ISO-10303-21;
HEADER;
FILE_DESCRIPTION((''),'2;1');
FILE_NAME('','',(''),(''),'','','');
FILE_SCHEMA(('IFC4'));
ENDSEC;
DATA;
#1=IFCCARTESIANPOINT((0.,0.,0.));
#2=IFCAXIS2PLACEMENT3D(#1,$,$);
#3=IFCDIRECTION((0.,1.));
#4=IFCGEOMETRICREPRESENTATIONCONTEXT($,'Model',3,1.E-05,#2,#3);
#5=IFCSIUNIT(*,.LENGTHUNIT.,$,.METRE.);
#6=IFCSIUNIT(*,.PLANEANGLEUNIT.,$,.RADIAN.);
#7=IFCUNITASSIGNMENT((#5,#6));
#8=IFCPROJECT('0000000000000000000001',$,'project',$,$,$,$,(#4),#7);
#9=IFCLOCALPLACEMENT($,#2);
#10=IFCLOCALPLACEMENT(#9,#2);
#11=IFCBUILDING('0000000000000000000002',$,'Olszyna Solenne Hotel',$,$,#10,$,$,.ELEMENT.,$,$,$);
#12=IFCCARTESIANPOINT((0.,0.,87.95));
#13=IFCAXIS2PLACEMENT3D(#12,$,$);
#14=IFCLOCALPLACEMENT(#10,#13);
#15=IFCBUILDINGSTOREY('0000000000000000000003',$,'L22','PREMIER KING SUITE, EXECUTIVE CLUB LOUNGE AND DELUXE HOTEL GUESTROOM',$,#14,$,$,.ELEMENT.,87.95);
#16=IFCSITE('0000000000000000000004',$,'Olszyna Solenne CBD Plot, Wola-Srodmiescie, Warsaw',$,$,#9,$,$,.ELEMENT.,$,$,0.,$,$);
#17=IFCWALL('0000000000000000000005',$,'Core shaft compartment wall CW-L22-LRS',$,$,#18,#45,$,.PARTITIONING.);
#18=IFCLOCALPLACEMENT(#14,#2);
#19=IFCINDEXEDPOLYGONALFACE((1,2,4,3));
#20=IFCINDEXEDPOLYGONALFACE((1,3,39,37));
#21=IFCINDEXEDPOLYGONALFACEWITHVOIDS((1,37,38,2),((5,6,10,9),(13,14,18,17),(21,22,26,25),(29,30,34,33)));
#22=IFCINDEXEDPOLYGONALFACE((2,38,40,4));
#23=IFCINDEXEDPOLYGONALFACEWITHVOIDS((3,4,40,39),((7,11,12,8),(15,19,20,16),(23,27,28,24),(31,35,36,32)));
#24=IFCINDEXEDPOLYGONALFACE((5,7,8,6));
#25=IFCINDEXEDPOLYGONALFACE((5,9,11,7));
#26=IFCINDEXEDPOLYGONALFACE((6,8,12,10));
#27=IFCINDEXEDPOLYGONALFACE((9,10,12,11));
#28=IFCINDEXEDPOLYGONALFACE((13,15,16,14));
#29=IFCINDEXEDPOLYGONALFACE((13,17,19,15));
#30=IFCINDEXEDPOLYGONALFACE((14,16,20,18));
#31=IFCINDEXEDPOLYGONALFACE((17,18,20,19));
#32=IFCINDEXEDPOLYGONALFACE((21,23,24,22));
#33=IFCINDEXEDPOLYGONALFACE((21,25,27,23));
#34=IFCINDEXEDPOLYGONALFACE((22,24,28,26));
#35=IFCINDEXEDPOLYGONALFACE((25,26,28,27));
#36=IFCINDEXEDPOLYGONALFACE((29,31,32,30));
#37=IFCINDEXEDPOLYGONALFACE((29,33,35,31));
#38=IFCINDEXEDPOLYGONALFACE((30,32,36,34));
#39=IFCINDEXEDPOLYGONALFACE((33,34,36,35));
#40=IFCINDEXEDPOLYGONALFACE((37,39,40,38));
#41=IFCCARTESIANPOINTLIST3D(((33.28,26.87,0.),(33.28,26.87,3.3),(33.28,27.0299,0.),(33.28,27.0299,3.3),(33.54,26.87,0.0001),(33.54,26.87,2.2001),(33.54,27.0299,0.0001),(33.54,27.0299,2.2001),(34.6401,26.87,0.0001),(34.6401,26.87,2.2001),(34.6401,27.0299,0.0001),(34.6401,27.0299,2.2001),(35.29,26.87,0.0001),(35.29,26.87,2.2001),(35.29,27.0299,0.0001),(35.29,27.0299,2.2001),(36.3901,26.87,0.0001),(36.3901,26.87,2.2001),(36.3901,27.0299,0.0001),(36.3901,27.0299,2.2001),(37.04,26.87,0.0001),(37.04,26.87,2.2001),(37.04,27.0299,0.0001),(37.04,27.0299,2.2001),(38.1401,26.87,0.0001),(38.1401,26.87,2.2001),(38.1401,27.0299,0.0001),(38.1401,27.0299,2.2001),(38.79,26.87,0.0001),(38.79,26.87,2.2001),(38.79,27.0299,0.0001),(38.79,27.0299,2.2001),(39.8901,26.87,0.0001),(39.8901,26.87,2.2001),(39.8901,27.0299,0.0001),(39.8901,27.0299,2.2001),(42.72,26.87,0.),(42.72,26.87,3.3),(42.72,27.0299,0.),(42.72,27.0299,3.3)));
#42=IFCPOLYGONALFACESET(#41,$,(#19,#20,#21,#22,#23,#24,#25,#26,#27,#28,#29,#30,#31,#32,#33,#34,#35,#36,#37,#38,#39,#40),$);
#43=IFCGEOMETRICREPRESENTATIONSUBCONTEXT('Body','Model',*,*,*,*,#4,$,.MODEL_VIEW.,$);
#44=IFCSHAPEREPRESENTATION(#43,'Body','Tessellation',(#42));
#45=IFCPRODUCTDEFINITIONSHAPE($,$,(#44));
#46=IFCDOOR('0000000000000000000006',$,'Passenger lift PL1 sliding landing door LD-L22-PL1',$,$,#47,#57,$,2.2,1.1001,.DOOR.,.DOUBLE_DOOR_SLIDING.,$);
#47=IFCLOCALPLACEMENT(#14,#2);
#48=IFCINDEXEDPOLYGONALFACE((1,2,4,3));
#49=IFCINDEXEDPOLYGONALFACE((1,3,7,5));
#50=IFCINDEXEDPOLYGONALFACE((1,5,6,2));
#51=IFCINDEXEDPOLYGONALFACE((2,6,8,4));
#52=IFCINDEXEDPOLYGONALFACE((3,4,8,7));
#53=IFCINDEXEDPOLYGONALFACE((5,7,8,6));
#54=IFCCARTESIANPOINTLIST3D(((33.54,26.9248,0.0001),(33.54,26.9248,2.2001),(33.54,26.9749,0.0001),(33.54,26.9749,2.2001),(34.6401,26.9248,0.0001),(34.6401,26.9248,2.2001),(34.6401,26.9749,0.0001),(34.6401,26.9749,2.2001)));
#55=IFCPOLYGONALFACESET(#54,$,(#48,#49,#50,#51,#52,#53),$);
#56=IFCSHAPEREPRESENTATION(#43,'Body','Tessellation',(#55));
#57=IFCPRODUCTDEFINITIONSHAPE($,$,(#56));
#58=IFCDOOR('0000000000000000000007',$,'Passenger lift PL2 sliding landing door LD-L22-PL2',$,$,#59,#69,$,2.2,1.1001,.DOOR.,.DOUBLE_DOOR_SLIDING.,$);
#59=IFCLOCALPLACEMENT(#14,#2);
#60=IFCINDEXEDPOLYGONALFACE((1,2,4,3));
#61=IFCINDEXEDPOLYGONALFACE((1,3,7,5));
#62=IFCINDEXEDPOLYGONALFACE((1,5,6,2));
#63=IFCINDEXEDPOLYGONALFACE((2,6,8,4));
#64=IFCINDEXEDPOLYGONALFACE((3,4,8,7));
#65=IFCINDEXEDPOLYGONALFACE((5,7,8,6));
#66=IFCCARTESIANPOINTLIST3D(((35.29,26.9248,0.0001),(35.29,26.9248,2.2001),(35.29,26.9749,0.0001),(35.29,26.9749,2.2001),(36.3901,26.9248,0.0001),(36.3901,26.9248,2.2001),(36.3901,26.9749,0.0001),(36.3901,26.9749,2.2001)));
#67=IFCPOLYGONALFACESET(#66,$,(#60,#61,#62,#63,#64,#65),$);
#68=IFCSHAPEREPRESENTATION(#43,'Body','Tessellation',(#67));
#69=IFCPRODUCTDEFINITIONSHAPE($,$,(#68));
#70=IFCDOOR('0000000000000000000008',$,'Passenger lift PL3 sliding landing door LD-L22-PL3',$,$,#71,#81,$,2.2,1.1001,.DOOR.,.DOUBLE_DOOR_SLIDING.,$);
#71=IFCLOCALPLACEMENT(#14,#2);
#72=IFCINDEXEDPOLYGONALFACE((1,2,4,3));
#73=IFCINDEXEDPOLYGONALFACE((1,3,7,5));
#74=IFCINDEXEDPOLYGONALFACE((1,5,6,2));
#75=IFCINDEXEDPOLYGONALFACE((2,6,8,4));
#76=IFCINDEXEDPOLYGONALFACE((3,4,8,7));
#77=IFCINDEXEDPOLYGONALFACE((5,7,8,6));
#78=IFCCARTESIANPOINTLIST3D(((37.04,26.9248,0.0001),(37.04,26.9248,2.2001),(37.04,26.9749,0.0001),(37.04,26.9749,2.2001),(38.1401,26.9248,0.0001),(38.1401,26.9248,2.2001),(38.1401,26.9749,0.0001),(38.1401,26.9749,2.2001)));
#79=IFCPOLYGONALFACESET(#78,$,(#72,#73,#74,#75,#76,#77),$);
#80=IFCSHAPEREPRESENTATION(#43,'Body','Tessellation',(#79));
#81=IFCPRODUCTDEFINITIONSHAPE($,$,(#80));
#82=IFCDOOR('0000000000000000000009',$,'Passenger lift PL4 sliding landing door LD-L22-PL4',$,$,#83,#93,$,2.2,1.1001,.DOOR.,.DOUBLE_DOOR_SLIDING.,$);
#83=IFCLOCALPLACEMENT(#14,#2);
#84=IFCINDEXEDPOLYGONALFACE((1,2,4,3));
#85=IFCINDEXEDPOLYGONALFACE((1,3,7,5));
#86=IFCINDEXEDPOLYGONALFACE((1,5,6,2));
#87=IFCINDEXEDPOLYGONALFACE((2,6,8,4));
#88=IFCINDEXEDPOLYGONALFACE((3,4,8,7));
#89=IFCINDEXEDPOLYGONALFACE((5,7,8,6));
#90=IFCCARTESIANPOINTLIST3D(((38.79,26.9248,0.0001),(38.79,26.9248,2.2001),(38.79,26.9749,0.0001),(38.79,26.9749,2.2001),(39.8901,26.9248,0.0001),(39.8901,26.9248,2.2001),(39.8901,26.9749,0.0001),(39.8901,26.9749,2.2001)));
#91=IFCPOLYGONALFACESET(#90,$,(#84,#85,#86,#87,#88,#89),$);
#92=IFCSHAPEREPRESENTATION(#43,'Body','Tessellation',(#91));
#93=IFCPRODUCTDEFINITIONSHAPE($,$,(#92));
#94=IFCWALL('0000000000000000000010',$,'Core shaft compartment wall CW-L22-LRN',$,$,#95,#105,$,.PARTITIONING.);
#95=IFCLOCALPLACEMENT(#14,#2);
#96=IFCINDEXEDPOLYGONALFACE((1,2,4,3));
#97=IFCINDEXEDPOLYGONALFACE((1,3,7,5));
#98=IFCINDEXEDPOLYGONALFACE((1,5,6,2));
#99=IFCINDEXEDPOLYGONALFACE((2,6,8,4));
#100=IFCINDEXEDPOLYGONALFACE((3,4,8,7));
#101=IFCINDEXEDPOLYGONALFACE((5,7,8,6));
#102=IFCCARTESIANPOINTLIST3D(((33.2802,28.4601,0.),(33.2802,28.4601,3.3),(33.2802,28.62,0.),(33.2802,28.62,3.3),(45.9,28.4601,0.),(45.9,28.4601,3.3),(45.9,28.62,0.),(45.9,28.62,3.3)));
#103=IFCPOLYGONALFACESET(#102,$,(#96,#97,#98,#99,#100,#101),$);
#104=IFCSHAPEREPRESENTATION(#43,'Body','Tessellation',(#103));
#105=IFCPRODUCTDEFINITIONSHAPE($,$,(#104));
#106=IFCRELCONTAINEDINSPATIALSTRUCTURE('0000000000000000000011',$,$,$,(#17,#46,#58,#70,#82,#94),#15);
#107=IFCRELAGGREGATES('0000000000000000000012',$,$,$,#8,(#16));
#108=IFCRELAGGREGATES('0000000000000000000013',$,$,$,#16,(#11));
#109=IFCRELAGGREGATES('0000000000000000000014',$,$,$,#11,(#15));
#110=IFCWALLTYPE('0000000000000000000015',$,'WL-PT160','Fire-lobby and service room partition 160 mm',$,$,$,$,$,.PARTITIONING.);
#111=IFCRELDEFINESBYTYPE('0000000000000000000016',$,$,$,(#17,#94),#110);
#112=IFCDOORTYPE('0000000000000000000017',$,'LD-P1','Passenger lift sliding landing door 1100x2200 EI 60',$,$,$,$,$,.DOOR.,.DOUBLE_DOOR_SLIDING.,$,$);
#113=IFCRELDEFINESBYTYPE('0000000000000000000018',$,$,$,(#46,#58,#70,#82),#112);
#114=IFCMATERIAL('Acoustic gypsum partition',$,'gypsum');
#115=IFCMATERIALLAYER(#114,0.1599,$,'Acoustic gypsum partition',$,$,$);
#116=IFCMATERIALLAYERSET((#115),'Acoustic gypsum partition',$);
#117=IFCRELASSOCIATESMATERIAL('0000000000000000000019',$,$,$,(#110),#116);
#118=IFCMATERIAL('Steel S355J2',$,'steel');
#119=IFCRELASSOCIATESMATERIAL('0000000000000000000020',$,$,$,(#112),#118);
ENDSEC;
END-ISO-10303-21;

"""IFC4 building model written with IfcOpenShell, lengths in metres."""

from ifc_helpers import new_model, si_unit, direction, frame, frame_2d, origin, place, context, subcontext, project, spatial, rectangle, extrude, source, transform, mapped, material, layer, layer_set, type_object, type_shapes, element, fill, save


model = new_model("IFC4")

# Units and contexts
model_context = context("Model", 3, precision=1e-05, world=origin(), true_north=direction((0.0, 1.0)))
body_context = subcontext(model_context, "Body", "Model", "MODEL_VIEW")
ifc_project = project(units=[si_unit("LENGTHUNIT", "METRE"), si_unit("PLANEANGLEUNIT", "RADIAN")], contexts=[model_context])

# Site, building, storey
site_placement = place(None, origin())
site = spatial("IfcSite", under=ifc_project, at=site_placement, Name="Olszyna Solenne CBD Plot, Wola-Srodmiescie, Warsaw", CompositionType="ELEMENT", RefElevation=0.0)
building_placement = place(site_placement, origin())
building = spatial("IfcBuilding", under=site, at=building_placement, Name="Olszyna Solenne Hotel", CompositionType="ELEMENT")
storey_placement = place(building_placement, frame((0.0, 0.0, 87.95)))
storey = spatial("IfcBuildingStorey", under=building, at=storey_placement, Name="L22", Description="PREMIER KING SUITE, EXECUTIVE CLUB LOUNGE AND DELUXE HOTEL GUESTROOM", CompositionType="ELEMENT", Elevation=87.95)

# Shared definitions
ifc_material_1 = material(Name="Steel S355J2", Category="steel")

# Shared definitions
ifc_material_2 = material(Name="Acoustic gypsum partition", Category="gypsum")
ifc_layer_1 = layer(ifc_material_2, 0.1599, Name="Acoustic gypsum partition")
ifc_layer_set_1 = layer_set([ifc_layer_1], Name="Acoustic gypsum partition")
wall_type_1 = type_object("IfcWallType", Name="WL-PT160", Description="Fire-lobby and service room partition 160 mm", PredefinedType="PARTITIONING", material=ifc_layer_set_1)

# Wall, openings, doors
wall_1_placement = place(storey_placement, frame((33.28, 26.95, 0.0), z_axis=(0.0, 0.0, 1.0), x_axis=(1.0, 0.0, 0.0)))
wall_1 = element("IfcWall", 1, at=wall_1_placement, inside=storey, type_object=wall_type_1, Name="Core shaft compartment wall CW-L22-LRS", PredefinedType="PARTITIONING", context=body_context, shape_type="SweptSolid", body=[
    extrude(rectangle(XDim=9.4399, YDim=0.1599, at=frame_2d((4.72, 0.0))), origin(), (0.0, 0.0, 1.0), 3.3),
])
opening_1_placement = place(wall_1_placement, frame((0.26, 0.0, 0.0)))
opening_1 = element("IfcOpeningElement", 2, at=opening_1_placement, cuts=wall_1, PredefinedType="OPENING", context=body_context, shape_type="SweptSolid", body=[
    extrude(rectangle(XDim=1.1001, YDim=2.2, at=frame_2d((0.55, 1.1001))), frame((0.0, 0.0898, 0.0), z_axis=(0.0, -1.0, 0.0), x_axis=(1.0, 0.0, 0.0)), (0.0, 0.0, 1.0), 0.1799),
])
opening_2_placement = place(wall_1_placement, frame((2.01, 0.0, 0.0)))
opening_2 = element("IfcOpeningElement", 3, at=opening_2_placement, cuts=wall_1, PredefinedType="OPENING", context=body_context, shape_type="SweptSolid", body=[
    extrude(rectangle(XDim=1.1001, YDim=2.2, at=frame_2d((0.55, 1.1001))), frame((0.0, 0.0898, 0.0), z_axis=(0.0, -1.0, 0.0), x_axis=(1.0, 0.0, 0.0)), (0.0, 0.0, 1.0), 0.1799),
])
opening_3_placement = place(wall_1_placement, frame((3.76, 0.0, 0.0)))
opening_3 = element("IfcOpeningElement", 4, at=opening_3_placement, cuts=wall_1, PredefinedType="OPENING", context=body_context, shape_type="SweptSolid", body=[
    extrude(rectangle(XDim=1.1001, YDim=2.2, at=frame_2d((0.55, 1.1001))), frame((0.0, 0.0898, 0.0), z_axis=(0.0, -1.0, 0.0), x_axis=(1.0, 0.0, 0.0)), (0.0, 0.0, 1.0), 0.1799),
])
opening_4_placement = place(wall_1_placement, frame((5.51, 0.0, 0.0)))
opening_4 = element("IfcOpeningElement", 5, at=opening_4_placement, cuts=wall_1, PredefinedType="OPENING", context=body_context, shape_type="SweptSolid", body=[
    extrude(rectangle(XDim=1.1001, YDim=2.2, at=frame_2d((0.55, 1.1001))), frame((0.0, 0.0898, 0.0), z_axis=(0.0, -1.0, 0.0), x_axis=(1.0, 0.0, 0.0)), (0.0, 0.0, 1.0), 0.1799),
])
door_type = type_object("IfcDoorType", Name="LD-P1", Description="Passenger lift sliding landing door 1100x2200 EI 60", OperationType="DOUBLE_DOOR_SLIDING", PredefinedType="DOOR", material=ifc_material_1)
shared_shape_1 = source(origin(), body_context, "Body", "SweptSolid", [
    extrude(rectangle(XDim=1.1001, YDim=2.2, at=frame_2d((0.55, 1.1001))), frame((0.0, 0.0249, 0.0), z_axis=(0.0, -1.0, 0.0), x_axis=(1.0, 0.0, 0.0)), (0.0, 0.0, 1.0), 0.05),
])
type_shapes(door_type, [shared_shape_1])
door_1_placement = place(opening_1_placement, origin())
door_1 = element("IfcDoor", 6, at=door_1_placement, inside=storey, type_object=door_type, Name="Passenger lift PL1 sliding landing door LD-L22-PL1", OperationType="DOUBLE_DOOR_SLIDING", OverallHeight=2.2, OverallWidth=1.1001, PredefinedType="DOOR", context=body_context, shape_type="MappedRepresentation", body=[
    mapped(shared_shape_1, transform((0.0, 0.0, 0.0), x_axis=(1.0, 0.0, 0.0), y_axis=(0.0, 1.0, 0.0), z_axis=(0.0, 0.0, 1.0), scale=1.0)),
])
fill(opening_1, door_1)
door_2_placement = place(opening_2_placement, origin())
door_2 = element("IfcDoor", 7, at=door_2_placement, inside=storey, type_object=door_type, Name="Passenger lift PL2 sliding landing door LD-L22-PL2", OperationType="DOUBLE_DOOR_SLIDING", OverallHeight=2.2, OverallWidth=1.1001, PredefinedType="DOOR", context=body_context, shape_type="MappedRepresentation", body=[
    mapped(shared_shape_1, transform((0.0, 0.0, 0.0), x_axis=(1.0, 0.0, 0.0), y_axis=(0.0, 1.0, 0.0), z_axis=(0.0, 0.0, 1.0), scale=1.0)),
])
fill(opening_2, door_2)
door_3_placement = place(opening_3_placement, origin())
door_3 = element("IfcDoor", 8, at=door_3_placement, inside=storey, type_object=door_type, Name="Passenger lift PL3 sliding landing door LD-L22-PL3", OperationType="DOUBLE_DOOR_SLIDING", OverallHeight=2.2, OverallWidth=1.1001, PredefinedType="DOOR", context=body_context, shape_type="MappedRepresentation", body=[
    mapped(shared_shape_1, transform((0.0, 0.0, 0.0), x_axis=(1.0, 0.0, 0.0), y_axis=(0.0, 1.0, 0.0), z_axis=(0.0, 0.0, 1.0), scale=1.0)),
])
fill(opening_3, door_3)
door_4_placement = place(opening_4_placement, origin())
door_4 = element("IfcDoor", 9, at=door_4_placement, inside=storey, type_object=door_type, Name="Passenger lift PL4 sliding landing door LD-L22-PL4", OperationType="DOUBLE_DOOR_SLIDING", OverallHeight=2.2, OverallWidth=1.1001, PredefinedType="DOOR", context=body_context, shape_type="MappedRepresentation", body=[
    mapped(shared_shape_1, transform((0.0, 0.0, 0.0), x_axis=(1.0, 0.0, 0.0), y_axis=(0.0, 1.0, 0.0), z_axis=(0.0, 0.0, 1.0), scale=1.0)),
])
fill(opening_4, door_4)

# Wall
wall_2_placement = place(storey_placement, frame((33.28, 28.54, 0.0), z_axis=(0.0, 0.0, 1.0), x_axis=(1.0, 0.0, 0.0)))
element("IfcWall", 10, at=wall_2_placement, inside=storey, type_object=wall_type_1, Name="Core shaft compartment wall CW-L22-LRN", PredefinedType="PARTITIONING", context=body_context, shape_type="SweptSolid", body=[
    extrude(rectangle(XDim=12.6199, YDim=0.1599, at=frame_2d((6.3101, 0.0))), origin(), (0.0, 0.0, 1.0), 3.3),
])

save(model, "model.ifc")
